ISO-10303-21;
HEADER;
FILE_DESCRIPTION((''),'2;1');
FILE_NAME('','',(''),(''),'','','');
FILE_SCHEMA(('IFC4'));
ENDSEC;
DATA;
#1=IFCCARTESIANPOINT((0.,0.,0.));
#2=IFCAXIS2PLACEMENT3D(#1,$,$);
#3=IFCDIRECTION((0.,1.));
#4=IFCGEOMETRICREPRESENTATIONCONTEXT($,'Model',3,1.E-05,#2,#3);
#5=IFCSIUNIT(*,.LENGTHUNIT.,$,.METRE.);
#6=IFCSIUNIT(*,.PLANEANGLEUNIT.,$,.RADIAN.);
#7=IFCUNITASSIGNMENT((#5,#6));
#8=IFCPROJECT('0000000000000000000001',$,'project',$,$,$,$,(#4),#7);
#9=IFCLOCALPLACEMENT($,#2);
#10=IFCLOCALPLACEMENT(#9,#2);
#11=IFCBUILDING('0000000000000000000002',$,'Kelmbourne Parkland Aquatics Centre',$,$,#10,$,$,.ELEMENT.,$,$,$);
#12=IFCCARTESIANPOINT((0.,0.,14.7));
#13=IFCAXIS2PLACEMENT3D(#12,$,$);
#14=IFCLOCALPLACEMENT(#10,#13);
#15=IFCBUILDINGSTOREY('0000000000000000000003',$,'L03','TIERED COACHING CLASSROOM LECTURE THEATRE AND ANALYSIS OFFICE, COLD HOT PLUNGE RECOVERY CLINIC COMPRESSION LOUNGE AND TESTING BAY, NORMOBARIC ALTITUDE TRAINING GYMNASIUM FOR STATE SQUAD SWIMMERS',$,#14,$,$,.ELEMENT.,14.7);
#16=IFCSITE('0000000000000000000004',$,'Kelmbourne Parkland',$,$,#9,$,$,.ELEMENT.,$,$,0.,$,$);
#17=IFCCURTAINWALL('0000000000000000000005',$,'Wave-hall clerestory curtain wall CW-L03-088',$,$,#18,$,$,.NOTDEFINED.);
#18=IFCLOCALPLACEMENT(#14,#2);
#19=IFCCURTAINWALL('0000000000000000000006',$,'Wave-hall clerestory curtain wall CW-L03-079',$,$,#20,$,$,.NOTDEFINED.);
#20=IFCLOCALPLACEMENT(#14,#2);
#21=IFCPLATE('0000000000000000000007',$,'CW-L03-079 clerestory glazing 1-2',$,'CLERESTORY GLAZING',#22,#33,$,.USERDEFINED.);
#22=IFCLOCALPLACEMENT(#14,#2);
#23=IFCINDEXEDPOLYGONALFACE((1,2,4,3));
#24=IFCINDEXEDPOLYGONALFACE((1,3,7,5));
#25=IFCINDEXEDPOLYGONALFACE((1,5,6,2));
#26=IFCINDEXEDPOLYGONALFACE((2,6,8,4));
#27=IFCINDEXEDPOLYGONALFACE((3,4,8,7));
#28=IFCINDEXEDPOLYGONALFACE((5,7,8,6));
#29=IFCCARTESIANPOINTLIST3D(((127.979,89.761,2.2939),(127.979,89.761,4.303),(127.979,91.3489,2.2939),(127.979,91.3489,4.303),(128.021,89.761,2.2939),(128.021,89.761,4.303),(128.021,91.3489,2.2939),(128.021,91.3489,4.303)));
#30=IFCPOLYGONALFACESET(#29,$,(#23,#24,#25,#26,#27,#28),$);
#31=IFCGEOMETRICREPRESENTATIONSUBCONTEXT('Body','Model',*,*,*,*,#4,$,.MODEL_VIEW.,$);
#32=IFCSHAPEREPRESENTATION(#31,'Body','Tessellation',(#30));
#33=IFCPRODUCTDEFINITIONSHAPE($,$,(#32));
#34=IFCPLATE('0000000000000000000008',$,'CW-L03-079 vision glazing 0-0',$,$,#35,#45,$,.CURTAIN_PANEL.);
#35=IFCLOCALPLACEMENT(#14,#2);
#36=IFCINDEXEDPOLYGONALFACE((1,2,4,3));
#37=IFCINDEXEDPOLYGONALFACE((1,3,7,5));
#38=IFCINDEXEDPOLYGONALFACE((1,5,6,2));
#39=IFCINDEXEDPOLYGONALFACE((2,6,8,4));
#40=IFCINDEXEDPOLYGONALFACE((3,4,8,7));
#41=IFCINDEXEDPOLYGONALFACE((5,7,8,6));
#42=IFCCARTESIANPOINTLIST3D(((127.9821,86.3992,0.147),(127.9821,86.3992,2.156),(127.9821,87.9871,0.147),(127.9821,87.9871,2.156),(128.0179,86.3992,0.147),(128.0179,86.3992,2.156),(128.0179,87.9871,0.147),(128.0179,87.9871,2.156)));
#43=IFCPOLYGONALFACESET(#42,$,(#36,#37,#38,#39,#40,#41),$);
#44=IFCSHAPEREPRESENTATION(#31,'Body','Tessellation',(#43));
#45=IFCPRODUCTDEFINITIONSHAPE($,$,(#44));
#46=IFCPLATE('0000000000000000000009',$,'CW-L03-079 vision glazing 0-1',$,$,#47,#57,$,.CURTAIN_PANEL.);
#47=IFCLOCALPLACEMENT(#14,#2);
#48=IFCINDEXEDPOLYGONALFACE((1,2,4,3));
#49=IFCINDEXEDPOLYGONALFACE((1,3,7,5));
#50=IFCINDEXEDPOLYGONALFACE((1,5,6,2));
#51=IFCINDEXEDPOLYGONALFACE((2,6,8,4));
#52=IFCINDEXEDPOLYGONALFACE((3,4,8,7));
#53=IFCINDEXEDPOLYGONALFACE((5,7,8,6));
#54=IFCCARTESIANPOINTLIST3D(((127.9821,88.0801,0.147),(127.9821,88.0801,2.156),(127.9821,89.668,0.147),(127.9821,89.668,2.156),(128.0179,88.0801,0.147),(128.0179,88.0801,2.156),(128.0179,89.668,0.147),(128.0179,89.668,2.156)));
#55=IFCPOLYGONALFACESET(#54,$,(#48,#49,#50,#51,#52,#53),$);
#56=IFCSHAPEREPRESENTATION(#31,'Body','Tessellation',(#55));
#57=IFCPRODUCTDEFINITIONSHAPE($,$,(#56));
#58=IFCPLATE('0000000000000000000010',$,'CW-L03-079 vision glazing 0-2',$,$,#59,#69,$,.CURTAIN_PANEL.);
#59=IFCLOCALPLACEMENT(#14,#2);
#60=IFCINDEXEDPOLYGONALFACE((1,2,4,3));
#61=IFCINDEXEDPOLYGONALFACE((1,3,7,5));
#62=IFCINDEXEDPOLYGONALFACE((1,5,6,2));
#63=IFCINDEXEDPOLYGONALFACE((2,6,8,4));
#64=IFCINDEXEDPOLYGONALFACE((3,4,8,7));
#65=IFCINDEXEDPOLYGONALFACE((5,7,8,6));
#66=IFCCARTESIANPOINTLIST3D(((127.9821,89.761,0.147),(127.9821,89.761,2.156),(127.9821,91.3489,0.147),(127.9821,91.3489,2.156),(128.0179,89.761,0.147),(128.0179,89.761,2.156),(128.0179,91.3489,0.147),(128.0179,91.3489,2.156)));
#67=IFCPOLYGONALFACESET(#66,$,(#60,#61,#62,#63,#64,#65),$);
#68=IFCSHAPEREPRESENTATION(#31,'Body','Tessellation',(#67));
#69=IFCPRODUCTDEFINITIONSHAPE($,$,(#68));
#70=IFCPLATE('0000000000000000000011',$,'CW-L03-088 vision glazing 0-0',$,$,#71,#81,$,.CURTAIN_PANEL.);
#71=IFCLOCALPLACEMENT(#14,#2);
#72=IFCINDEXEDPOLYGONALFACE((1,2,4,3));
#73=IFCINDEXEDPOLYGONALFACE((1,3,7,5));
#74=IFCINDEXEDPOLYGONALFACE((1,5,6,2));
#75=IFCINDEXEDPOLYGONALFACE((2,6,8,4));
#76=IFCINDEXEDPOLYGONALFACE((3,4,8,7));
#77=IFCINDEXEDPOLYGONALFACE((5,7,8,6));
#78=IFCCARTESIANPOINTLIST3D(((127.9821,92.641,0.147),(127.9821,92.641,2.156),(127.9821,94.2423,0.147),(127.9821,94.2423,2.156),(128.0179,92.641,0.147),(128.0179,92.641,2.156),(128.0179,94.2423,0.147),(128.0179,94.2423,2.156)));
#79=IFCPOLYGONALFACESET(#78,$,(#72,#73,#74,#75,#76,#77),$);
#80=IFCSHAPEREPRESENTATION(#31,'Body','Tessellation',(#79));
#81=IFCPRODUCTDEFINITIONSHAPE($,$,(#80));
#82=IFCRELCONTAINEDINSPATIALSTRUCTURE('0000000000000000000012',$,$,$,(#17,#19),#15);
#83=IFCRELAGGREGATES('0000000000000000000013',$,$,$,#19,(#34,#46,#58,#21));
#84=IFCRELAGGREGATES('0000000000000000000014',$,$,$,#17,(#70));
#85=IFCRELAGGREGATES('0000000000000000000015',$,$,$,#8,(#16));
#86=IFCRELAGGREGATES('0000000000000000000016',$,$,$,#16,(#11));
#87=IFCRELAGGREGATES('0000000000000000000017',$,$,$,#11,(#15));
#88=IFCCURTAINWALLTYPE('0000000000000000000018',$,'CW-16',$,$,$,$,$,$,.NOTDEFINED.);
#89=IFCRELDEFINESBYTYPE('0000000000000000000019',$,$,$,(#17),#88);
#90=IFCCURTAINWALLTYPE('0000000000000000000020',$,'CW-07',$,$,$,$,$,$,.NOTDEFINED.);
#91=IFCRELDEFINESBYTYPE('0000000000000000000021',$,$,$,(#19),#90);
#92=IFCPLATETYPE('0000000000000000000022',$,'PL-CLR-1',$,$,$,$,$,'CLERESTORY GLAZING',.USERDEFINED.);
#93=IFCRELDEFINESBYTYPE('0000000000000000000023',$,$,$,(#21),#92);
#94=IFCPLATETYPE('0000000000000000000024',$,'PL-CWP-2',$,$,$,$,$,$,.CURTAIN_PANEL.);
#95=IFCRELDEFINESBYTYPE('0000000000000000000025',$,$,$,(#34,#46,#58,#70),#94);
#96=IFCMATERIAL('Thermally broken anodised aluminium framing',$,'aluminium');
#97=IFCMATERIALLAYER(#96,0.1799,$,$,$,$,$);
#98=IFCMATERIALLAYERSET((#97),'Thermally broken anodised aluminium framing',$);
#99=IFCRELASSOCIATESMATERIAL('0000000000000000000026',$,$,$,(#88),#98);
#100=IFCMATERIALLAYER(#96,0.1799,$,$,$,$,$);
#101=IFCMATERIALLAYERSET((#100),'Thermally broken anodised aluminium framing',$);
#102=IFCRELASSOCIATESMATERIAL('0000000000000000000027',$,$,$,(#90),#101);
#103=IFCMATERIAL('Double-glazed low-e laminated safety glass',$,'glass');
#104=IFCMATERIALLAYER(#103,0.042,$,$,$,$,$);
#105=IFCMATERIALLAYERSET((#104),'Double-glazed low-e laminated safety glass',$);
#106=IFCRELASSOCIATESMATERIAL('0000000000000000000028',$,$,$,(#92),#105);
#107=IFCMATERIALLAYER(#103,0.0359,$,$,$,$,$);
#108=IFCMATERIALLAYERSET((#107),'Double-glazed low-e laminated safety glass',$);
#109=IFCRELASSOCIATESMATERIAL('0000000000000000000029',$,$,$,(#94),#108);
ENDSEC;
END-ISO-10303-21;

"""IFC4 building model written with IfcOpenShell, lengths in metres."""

from ifc_helpers import new_model, si_unit, direction, frame, origin, origin_2d, place, context, subcontext, project, spatial, rectangle, extrude, material, layer, layer_set, type_object, element, aggregate, save


model = new_model("IFC4")

# Units and contexts
model_context = context("Model", 3, precision=1e-05, world=origin(), true_north=direction((0.0, 1.0)))
body_context = subcontext(model_context, "Body", "Model", "MODEL_VIEW")
ifc_project = project(units=[si_unit("LENGTHUNIT", "METRE"), si_unit("PLANEANGLEUNIT", "RADIAN")], contexts=[model_context])

# Site, building, storey
site_placement = place(None, origin())
site = spatial("IfcSite", under=ifc_project, at=site_placement, Name="Kelmbourne Parkland", CompositionType="ELEMENT", RefElevation=0.0)
building_placement = place(site_placement, origin())
building = spatial("IfcBuilding", under=site, at=building_placement, Name="Kelmbourne Parkland Aquatics Centre", CompositionType="ELEMENT")
storey_placement = place(building_placement, frame((0.0, 0.0, 14.7)))
storey = spatial("IfcBuildingStorey", under=building, at=storey_placement, Name="L03", Description="TIERED COACHING CLASSROOM LECTURE THEATRE AND ANALYSIS OFFICE, COLD HOT PLUNGE RECOVERY CLINIC COMPRESSION LOUNGE AND TESTING BAY, NORMOBARIC ALTITUDE TRAINING GYMNASIUM FOR STATE SQUAD SWIMMERS", CompositionType="ELEMENT", Elevation=14.7)

# Shared definitions
ifc_material_1 = material(Name="Thermally broken anodised aluminium framing", Category="aluminium")

# Curtain walls
ifc_layer_1 = layer(ifc_material_1, 0.1799)
ifc_layer_set_1 = layer_set([ifc_layer_1], Name="Thermally broken anodised aluminium framing")
curtain_wall_type_1 = type_object("IfcCurtainWallType", Name="CW-16", PredefinedType="NOTDEFINED", material=ifc_layer_set_1)
curtain_wall_1_placement = place(storey_placement, origin())
curtain_wall_1 = element("IfcCurtainWall", 1, at=curtain_wall_1_placement, inside=storey, type_object=curtain_wall_type_1, Name="Wave-hall clerestory curtain wall CW-L03-088", PredefinedType="NOTDEFINED")
ifc_layer_2 = layer(ifc_material_1, 0.1799)
ifc_layer_set_2 = layer_set([ifc_layer_2], Name="Thermally broken anodised aluminium framing")
curtain_wall_type_2 = type_object("IfcCurtainWallType", Name="CW-07", PredefinedType="NOTDEFINED", material=ifc_layer_set_2)
curtain_wall_2_placement = place(storey_placement, origin())
curtain_wall_2 = element("IfcCurtainWall", 2, at=curtain_wall_2_placement, inside=storey, type_object=curtain_wall_type_2, Name="Wave-hall clerestory curtain wall CW-L03-079", PredefinedType="NOTDEFINED")

# Plates
ifc_material_2 = material(Name="Double-glazed low-e laminated safety glass", Category="glass")
ifc_layer_3 = layer(ifc_material_2, 0.042)
ifc_layer_set_3 = layer_set([ifc_layer_3], Name="Double-glazed low-e laminated safety glass")
plate_type_1 = type_object("IfcPlateType", Name="PL-CLR-1", ElementType="CLERESTORY GLAZING", PredefinedType="USERDEFINED", material=ifc_layer_set_3)
plate_1_placement = place(storey_placement, frame((128.0, 90.5549, 2.2939), z_axis=(0.0, 0.0, 1.0), x_axis=(0.0, 1.0, 0.0)))
plate_1 = element("IfcPlate", 3, at=plate_1_placement, type_object=plate_type_1, Name="CW-L03-079 clerestory glazing 1-2", ObjectType="CLERESTORY GLAZING", PredefinedType="USERDEFINED", context=body_context, shape_type="SweptSolid", body=[
    extrude(rectangle(XDim=1.5879, YDim=0.042, at=origin_2d()), origin(), (0.0, 0.0, 1.0), 2.009),
])
ifc_layer_4 = layer(ifc_material_2, 0.0359)
ifc_layer_set_4 = layer_set([ifc_layer_4], Name="Double-glazed low-e laminated safety glass")
plate_type_2 = type_object("IfcPlateType", Name="PL-CWP-2", PredefinedType="CURTAIN_PANEL", material=ifc_layer_set_4)
plate_2_placement = place(storey_placement, frame((128.0, 87.1931, 0.147), z_axis=(0.0, 0.0, 1.0), x_axis=(0.0, 1.0, 0.0)))
plate_2 = element("IfcPlate", 4, at=plate_2_placement, type_object=plate_type_2, Name="CW-L03-079 vision glazing 0-0", PredefinedType="CURTAIN_PANEL", context=body_context, shape_type="SweptSolid", body=[
    extrude(rectangle(XDim=1.5879, YDim=0.0359, at=origin_2d()), origin(), (0.0, 0.0, 1.0), 2.009),
])
plate_3_placement = place(storey_placement, frame((128.0, 88.874, 0.147), z_axis=(0.0, 0.0, 1.0), x_axis=(0.0, 1.0, 0.0)))
plate_3 = element("IfcPlate", 5, at=plate_3_placement, type_object=plate_type_2, Name="CW-L03-079 vision glazing 0-1", PredefinedType="CURTAIN_PANEL", context=body_context, shape_type="SweptSolid", body=[
    extrude(rectangle(XDim=1.5879, YDim=0.0359, at=origin_2d()), origin(), (0.0, 0.0, 1.0), 2.009),
])
plate_4_placement = place(storey_placement, frame((128.0, 90.5549, 0.147), z_axis=(0.0, 0.0, 1.0), x_axis=(0.0, 1.0, 0.0)))
plate_4 = element("IfcPlate", 6, at=plate_4_placement, type_object=plate_type_2, Name="CW-L03-079 vision glazing 0-2", PredefinedType="CURTAIN_PANEL", context=body_context, shape_type="SweptSolid", body=[
    extrude(rectangle(XDim=1.5879, YDim=0.0359, at=origin_2d()), origin(), (0.0, 0.0, 1.0), 2.009),
])
aggregate(curtain_wall_2, [plate_2, plate_3, plate_4, plate_1])
plate_5_placement = place(storey_placement, frame((128.0, 93.4417, 0.147), z_axis=(0.0, 0.0, 1.0), x_axis=(0.0, 1.0, 0.0)))
plate_5 = element("IfcPlate", 7, at=plate_5_placement, type_object=plate_type_2, Name="CW-L03-088 vision glazing 0-0", PredefinedType="CURTAIN_PANEL", context=body_context, shape_type="SweptSolid", body=[
    extrude(rectangle(XDim=1.6013, YDim=0.0359, at=origin_2d()), origin(), (0.0, 0.0, 1.0), 2.009),
])
aggregate(curtain_wall_1, [plate_5])

save(model, "model.ifc")
